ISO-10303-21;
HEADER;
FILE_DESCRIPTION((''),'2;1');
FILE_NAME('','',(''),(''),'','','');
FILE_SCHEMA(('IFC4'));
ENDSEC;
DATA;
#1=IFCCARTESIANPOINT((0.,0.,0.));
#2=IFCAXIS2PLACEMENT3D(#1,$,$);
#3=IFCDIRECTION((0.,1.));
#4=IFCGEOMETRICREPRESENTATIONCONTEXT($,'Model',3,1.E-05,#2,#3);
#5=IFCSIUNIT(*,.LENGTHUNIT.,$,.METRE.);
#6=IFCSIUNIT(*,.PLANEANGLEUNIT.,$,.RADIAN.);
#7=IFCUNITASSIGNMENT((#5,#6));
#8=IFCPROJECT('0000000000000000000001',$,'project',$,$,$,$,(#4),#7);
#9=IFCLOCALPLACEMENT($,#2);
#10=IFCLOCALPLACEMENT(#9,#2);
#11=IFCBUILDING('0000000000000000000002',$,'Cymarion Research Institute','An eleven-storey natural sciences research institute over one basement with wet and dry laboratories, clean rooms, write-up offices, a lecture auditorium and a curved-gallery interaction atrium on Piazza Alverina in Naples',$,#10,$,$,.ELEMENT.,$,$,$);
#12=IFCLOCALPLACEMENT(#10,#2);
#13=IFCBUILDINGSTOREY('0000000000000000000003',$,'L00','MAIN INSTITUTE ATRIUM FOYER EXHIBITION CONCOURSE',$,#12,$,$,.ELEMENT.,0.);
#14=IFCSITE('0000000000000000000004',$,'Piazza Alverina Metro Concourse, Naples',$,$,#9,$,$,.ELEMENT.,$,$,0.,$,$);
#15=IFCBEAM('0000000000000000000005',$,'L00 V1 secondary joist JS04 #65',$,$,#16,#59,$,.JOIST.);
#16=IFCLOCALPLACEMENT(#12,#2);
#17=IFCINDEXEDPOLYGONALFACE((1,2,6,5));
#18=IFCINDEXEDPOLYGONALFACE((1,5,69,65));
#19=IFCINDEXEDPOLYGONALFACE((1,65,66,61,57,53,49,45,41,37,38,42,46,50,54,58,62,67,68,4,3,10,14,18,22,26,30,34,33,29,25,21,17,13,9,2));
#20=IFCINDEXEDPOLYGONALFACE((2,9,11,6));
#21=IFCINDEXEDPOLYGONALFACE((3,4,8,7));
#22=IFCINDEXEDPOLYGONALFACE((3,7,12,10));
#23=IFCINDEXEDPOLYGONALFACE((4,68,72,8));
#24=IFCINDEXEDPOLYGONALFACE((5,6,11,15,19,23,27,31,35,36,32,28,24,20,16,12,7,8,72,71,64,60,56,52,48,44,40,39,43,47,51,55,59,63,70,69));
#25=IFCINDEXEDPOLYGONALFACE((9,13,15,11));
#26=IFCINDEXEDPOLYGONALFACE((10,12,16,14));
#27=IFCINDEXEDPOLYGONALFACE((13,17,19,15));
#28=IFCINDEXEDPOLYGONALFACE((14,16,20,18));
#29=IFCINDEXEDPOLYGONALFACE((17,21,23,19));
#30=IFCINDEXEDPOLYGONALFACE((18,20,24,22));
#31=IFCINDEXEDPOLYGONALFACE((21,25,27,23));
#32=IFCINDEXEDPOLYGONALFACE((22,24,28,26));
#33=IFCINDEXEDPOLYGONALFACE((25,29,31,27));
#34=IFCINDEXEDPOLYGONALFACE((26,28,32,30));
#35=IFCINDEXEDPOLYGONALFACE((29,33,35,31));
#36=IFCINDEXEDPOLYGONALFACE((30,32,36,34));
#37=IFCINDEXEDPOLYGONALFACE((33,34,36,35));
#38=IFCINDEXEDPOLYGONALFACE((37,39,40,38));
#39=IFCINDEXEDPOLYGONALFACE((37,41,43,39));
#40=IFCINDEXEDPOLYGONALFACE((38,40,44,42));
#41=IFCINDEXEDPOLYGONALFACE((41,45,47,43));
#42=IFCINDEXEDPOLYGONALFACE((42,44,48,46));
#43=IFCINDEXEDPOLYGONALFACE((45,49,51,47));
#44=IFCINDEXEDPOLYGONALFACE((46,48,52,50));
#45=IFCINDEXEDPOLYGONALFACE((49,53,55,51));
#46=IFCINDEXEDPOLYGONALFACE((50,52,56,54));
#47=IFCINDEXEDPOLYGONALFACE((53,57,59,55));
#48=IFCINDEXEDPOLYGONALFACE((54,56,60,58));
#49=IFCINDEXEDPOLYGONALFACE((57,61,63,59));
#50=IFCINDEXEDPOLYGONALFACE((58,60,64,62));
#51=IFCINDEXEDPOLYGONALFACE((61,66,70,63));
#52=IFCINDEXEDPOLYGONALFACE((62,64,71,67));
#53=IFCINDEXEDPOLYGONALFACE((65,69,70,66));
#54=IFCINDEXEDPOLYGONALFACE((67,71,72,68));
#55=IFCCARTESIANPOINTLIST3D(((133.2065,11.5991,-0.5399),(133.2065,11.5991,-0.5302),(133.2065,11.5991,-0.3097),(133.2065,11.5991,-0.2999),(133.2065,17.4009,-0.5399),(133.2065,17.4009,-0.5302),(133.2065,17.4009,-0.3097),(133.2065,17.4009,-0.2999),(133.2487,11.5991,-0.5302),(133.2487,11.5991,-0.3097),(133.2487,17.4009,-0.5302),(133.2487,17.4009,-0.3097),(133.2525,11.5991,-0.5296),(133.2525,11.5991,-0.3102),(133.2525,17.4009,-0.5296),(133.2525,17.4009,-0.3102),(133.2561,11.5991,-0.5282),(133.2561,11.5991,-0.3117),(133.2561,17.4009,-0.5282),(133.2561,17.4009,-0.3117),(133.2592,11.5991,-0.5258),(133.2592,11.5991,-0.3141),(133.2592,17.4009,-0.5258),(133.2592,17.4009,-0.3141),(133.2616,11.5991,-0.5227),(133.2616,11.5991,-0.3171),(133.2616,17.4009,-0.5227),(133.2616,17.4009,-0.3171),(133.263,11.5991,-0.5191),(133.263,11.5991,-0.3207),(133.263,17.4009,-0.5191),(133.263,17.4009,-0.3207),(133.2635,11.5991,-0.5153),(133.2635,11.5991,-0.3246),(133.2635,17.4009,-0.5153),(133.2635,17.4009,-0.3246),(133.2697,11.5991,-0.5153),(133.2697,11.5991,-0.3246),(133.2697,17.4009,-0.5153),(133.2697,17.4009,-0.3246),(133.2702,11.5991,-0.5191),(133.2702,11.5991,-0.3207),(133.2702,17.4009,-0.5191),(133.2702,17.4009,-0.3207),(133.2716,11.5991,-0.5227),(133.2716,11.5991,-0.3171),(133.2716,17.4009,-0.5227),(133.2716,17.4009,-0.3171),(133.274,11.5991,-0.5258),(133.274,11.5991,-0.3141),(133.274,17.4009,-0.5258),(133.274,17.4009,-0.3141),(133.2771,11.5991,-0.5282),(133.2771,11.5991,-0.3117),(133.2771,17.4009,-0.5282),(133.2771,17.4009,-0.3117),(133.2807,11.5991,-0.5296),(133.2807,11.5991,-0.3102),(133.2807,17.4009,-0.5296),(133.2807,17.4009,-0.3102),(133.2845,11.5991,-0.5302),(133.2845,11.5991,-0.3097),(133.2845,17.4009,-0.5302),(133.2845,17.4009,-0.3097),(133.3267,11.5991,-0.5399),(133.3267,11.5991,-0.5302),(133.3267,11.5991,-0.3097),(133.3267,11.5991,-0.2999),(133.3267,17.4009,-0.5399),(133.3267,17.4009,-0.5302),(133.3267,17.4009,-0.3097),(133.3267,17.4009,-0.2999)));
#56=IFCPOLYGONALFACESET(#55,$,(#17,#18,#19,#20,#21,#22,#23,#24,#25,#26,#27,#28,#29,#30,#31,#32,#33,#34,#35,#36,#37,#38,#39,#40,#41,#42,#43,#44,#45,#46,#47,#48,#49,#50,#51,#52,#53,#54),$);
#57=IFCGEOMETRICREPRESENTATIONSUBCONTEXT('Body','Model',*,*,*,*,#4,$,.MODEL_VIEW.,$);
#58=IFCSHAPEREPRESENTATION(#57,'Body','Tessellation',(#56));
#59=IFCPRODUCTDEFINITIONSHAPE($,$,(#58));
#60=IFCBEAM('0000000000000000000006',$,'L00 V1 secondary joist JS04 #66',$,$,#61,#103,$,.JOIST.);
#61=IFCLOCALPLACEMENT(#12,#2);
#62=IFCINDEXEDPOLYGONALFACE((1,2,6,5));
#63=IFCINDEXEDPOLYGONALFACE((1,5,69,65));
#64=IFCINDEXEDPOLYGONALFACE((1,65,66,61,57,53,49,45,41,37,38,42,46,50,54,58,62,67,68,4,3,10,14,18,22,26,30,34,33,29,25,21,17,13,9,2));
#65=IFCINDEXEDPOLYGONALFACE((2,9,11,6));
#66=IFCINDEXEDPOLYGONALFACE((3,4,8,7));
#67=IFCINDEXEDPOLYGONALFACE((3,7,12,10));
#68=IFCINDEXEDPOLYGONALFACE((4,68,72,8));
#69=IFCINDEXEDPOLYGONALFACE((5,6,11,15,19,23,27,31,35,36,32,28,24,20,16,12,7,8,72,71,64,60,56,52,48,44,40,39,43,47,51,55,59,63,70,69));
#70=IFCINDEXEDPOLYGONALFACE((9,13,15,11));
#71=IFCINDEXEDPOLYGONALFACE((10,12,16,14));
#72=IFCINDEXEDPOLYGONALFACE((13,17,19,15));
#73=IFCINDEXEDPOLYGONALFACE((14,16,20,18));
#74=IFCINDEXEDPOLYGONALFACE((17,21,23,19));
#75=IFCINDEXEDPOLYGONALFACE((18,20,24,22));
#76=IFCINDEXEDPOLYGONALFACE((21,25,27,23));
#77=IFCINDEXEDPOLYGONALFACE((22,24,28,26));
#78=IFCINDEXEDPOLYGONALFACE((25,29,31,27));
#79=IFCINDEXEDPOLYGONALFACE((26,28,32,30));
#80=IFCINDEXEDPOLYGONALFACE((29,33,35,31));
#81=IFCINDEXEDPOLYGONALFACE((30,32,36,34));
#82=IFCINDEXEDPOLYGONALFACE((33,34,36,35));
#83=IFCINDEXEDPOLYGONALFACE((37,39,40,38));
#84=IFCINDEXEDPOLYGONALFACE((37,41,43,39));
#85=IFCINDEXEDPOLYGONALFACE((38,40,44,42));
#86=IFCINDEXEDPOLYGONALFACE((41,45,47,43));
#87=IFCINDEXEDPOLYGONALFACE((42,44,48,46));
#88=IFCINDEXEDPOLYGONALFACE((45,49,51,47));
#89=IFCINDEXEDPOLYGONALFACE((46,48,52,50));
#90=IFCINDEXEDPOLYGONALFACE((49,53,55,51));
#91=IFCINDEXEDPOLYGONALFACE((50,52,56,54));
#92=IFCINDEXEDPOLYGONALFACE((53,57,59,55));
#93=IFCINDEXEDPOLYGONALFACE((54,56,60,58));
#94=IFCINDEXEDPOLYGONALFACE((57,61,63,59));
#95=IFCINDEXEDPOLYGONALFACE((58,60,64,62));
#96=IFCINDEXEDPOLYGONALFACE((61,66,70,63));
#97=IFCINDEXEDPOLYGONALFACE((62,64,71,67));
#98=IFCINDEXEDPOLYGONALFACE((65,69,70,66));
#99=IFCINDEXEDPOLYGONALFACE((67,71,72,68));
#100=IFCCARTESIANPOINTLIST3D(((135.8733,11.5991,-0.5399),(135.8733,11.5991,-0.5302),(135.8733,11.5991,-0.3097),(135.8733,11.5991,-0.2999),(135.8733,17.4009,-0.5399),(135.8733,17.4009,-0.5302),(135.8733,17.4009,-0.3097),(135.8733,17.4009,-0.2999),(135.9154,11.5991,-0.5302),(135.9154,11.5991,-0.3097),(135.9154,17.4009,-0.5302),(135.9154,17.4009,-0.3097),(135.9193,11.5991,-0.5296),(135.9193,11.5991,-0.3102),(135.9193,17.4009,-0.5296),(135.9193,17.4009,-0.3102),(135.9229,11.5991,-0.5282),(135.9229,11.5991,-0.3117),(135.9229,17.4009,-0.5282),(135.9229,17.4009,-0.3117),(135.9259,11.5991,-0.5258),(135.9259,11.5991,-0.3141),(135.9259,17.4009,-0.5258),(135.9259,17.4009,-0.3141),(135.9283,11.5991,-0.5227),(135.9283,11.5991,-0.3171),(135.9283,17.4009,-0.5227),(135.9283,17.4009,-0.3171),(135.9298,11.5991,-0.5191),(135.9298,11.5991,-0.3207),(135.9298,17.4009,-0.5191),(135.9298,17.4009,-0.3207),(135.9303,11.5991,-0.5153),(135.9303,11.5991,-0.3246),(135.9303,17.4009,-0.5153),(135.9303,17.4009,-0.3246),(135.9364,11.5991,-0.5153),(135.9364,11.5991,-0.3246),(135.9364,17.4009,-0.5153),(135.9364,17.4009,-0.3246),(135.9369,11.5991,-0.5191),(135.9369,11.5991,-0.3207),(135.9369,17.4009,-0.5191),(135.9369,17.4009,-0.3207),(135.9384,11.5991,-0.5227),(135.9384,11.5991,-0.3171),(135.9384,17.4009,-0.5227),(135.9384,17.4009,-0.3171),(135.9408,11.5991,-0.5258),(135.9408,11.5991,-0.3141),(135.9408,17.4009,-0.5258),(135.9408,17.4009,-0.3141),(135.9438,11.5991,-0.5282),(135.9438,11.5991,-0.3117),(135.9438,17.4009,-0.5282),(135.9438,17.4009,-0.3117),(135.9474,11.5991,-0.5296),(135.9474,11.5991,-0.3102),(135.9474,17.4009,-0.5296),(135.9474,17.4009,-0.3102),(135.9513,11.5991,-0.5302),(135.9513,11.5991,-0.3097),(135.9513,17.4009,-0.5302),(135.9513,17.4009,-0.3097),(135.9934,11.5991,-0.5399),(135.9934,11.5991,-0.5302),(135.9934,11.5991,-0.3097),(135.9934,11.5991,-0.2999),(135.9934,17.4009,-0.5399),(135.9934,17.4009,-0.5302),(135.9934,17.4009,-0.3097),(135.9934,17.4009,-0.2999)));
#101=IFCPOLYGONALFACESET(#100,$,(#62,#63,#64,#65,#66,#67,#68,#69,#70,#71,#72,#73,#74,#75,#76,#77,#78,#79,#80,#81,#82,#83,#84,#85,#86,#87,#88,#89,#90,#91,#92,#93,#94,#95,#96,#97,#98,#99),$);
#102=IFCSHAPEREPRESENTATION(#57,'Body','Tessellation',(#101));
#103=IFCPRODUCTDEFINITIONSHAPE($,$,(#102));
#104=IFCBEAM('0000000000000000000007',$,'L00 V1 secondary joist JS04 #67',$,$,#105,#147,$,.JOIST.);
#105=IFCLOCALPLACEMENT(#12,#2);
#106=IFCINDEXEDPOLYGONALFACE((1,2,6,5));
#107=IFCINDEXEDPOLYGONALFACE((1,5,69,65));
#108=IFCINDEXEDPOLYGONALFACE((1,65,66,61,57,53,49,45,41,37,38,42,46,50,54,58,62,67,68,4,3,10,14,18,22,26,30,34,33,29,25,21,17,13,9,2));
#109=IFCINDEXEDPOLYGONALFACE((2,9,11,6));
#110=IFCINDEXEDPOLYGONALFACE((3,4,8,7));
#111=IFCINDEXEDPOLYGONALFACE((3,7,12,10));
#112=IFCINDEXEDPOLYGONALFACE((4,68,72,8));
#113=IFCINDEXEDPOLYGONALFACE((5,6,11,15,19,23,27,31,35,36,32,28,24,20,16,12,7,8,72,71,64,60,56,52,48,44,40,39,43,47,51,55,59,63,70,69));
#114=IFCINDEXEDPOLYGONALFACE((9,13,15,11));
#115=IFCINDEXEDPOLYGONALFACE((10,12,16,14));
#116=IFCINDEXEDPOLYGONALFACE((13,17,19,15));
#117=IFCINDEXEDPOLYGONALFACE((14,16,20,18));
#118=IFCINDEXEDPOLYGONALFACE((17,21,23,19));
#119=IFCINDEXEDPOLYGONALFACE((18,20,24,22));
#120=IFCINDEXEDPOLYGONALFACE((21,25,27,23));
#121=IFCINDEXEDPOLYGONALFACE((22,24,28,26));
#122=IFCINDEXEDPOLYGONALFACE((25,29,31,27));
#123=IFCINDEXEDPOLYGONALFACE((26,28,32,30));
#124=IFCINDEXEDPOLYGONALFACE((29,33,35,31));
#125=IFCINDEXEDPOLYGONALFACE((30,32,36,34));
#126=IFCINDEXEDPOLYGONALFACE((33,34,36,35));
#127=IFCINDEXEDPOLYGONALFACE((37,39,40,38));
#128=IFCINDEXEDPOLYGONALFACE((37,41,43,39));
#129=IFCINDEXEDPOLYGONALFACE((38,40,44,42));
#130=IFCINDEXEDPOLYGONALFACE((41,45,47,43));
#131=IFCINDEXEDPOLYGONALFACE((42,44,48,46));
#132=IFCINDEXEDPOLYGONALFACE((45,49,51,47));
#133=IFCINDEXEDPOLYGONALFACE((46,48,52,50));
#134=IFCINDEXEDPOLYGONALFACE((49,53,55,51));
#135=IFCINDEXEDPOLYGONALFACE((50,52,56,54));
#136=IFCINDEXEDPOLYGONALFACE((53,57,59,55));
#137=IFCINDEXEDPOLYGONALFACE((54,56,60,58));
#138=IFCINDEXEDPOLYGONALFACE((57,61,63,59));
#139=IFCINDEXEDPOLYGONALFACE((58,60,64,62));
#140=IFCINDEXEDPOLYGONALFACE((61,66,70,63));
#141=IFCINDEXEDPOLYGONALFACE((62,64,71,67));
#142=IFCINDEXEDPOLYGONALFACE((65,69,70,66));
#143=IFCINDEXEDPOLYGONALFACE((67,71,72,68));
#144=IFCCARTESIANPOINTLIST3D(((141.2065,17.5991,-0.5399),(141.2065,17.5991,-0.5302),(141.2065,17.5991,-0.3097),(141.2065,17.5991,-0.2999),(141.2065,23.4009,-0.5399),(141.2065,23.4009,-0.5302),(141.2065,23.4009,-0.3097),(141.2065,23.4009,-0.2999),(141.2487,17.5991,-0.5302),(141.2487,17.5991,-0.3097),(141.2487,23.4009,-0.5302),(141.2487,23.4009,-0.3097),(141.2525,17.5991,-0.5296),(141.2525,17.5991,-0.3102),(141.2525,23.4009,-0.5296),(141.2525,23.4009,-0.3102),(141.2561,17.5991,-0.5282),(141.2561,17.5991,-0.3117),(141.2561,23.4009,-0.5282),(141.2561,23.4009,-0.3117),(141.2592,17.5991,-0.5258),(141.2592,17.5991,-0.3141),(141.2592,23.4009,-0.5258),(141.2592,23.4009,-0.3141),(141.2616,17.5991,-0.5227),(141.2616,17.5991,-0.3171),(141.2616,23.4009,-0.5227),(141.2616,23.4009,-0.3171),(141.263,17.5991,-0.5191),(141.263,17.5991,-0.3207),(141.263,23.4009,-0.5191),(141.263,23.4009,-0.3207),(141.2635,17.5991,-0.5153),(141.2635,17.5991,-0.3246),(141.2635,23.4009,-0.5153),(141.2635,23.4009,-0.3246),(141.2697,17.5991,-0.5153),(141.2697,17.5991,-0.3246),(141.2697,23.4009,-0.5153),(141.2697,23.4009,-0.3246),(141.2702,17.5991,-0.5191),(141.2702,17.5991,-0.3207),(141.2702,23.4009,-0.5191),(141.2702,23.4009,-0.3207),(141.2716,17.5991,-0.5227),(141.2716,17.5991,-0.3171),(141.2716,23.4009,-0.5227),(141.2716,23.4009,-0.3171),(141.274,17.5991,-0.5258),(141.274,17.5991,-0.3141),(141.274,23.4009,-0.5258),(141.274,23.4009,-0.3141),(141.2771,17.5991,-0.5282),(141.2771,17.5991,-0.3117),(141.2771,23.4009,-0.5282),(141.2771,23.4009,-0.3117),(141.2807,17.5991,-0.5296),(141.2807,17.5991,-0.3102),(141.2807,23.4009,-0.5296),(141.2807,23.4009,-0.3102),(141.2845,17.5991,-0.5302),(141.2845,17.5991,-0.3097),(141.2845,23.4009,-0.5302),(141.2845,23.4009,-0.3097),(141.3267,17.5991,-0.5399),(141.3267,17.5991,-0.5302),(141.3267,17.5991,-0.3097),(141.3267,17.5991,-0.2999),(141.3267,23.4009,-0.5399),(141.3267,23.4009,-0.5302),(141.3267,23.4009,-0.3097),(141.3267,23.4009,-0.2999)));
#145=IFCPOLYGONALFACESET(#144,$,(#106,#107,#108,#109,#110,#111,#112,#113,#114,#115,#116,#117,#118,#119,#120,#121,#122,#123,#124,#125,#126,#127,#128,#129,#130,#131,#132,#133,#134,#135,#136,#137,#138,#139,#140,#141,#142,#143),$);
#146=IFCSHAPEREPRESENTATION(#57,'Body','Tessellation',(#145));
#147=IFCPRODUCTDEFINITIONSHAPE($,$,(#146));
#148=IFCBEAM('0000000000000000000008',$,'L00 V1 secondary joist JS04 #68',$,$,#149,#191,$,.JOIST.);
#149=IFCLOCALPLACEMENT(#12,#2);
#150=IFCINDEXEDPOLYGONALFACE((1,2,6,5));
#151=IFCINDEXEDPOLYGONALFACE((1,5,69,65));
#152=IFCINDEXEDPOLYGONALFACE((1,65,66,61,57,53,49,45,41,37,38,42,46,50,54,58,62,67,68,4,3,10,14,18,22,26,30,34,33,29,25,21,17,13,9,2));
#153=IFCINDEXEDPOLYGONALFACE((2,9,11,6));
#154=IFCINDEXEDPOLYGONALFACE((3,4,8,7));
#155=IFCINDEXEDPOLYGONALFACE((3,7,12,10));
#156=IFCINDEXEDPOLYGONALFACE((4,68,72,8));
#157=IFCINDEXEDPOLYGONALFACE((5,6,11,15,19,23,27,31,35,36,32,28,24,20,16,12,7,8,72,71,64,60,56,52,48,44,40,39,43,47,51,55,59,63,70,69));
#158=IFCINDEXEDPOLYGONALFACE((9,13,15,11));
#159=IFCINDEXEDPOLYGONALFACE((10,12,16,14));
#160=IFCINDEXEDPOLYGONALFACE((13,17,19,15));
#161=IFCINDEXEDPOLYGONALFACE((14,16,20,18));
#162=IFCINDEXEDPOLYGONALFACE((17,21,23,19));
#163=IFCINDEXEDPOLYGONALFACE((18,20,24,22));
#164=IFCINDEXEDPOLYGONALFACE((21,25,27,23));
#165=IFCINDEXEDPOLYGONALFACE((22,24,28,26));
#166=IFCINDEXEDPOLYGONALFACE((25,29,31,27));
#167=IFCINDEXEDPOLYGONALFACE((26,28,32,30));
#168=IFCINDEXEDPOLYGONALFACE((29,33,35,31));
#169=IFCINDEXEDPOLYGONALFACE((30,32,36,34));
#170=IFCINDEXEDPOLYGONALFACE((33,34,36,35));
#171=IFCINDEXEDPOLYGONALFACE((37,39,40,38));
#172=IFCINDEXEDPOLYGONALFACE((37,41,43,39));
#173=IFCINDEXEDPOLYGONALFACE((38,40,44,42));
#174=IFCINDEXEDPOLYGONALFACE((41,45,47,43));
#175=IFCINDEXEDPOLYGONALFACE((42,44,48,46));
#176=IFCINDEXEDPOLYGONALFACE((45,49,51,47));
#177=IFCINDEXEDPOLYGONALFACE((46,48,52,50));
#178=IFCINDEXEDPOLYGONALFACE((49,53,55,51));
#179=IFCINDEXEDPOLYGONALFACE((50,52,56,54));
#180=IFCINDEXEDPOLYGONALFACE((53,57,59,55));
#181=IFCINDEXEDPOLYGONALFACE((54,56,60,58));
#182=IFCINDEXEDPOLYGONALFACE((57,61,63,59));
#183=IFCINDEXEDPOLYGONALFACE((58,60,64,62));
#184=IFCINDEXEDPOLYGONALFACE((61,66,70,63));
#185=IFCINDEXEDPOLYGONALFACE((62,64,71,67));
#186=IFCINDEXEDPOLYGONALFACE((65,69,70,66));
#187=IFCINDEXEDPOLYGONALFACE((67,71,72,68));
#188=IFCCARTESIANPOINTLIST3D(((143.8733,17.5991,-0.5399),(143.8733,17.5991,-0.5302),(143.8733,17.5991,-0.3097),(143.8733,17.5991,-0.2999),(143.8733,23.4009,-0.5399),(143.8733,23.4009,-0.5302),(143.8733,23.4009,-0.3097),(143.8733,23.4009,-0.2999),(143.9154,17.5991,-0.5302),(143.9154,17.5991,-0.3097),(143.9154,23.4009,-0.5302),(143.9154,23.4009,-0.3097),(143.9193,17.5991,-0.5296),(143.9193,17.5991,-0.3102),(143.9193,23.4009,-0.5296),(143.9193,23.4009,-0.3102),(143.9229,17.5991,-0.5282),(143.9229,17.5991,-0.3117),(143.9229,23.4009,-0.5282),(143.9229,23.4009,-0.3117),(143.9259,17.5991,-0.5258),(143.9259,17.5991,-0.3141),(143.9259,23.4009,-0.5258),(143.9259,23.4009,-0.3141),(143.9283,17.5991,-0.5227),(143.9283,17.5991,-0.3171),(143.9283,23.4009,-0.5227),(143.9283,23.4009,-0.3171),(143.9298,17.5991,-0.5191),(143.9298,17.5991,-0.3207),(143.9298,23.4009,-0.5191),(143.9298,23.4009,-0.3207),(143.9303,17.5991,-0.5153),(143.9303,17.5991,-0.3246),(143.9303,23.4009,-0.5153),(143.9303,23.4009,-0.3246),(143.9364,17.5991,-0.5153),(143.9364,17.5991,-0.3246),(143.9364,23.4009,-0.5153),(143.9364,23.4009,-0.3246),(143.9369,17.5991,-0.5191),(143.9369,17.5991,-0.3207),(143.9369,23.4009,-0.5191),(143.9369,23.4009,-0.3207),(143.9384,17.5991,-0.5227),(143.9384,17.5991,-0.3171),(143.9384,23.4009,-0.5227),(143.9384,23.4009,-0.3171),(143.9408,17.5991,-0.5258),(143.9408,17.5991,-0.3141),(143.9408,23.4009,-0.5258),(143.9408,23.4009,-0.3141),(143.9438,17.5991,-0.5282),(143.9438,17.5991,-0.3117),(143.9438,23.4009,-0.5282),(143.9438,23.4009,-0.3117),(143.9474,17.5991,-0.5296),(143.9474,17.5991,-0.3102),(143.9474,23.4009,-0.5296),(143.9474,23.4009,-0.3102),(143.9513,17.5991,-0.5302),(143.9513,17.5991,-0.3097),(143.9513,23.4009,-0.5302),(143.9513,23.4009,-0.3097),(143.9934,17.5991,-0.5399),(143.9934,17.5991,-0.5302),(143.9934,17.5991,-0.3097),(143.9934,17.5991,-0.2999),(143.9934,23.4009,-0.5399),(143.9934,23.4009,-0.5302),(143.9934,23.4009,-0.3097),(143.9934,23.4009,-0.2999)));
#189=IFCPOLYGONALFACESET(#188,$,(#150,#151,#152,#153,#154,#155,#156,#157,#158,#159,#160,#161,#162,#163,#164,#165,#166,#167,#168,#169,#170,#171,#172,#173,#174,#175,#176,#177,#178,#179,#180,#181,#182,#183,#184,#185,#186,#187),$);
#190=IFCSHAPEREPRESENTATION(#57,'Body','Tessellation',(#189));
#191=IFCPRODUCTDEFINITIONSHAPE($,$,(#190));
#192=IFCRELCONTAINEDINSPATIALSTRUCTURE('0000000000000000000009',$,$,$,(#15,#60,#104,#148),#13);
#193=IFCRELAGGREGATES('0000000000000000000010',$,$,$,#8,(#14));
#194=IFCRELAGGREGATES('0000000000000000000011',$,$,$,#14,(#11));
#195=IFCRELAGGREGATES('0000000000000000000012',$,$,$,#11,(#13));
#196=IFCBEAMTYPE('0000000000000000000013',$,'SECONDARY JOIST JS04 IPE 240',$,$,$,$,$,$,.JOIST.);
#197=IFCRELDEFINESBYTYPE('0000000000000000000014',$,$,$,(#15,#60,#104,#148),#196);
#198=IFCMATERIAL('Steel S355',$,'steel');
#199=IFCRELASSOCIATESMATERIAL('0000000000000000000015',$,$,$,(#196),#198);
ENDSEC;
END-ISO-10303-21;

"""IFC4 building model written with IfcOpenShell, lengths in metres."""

from ifc_helpers import new_model, si_unit, direction, frame, origin, origin_2d, place, context, subcontext, project, spatial, i_section, extrude, material, material_profile, profile_set, type_object, element, save


model = new_model("IFC4")

# Units and contexts
model_context = context("Model", 3, precision=1e-05, world=origin(), true_north=direction((0.0, 1.0)))
body_context = subcontext(model_context, "Body", "Model", "MODEL_VIEW")
ifc_project = project(units=[si_unit("LENGTHUNIT", "METRE"), si_unit("PLANEANGLEUNIT", "RADIAN")], contexts=[model_context])

# Site, building, storey
site_placement = place(None, origin())
site = spatial("IfcSite", under=ifc_project, at=site_placement, Name="Piazza Alverina Metro Concourse, Naples", CompositionType="ELEMENT", RefElevation=0.0)
building_placement = place(site_placement, origin())
building = spatial("IfcBuilding", under=site, at=building_placement, Name="Cymarion Research Institute", Description="An eleven-storey natural sciences research institute over one basement with wet and dry laboratories, clean rooms, write-up offices, a lecture auditorium and a curved-gallery interaction atrium on Piazza Alverina in Naples", CompositionType="ELEMENT")
storey_placement = place(building_placement, origin())
storey = spatial("IfcBuildingStorey", under=building, at=storey_placement, Name="L00", Description="MAIN INSTITUTE ATRIUM FOYER EXHIBITION CONCOURSE", CompositionType="ELEMENT", Elevation=0.0)

# Shared definitions
ifc_material_1 = material(Name="Steel S355", Category="steel")

# Beams
ifc_material_profile_1 = material_profile(ifc_material_1, i_section(OverallWidth=0.1201, OverallDepth=0.24, WebThickness=0.0061, FlangeThickness=0.0098, FilletRadius=0.0149, at=origin_2d()), Name="IPE 240")
ifc_profile_set_1 = profile_set([ifc_material_profile_1], Name="Steel S355")
beam_type_1 = type_object("IfcBeamType", Name="SECONDARY JOIST JS04 IPE 240", PredefinedType="JOIST", material=ifc_profile_set_1)
for number, where, z_axis, x_axis, name in (
    (1, (133.2666, 11.5991, -0.4199), (0.0, 1.0, 0.0), (-1.0, 0.0, 0.0), "L00 V1 secondary joist JS04 #65"),
    (2, (135.9333, 11.5991, -0.4199), (0.0, 1.0, 0.0), (-1.0, 0.0, 0.0), "L00 V1 secondary joist JS04 #66"),
    (3, (141.2666, 17.5991, -0.4199), (0.0, 1.0, 0.0), (-1.0, 0.0, 0.0), "L00 V1 secondary joist JS04 #67"),
    (4, (143.9333, 17.5991, -0.4199), (0.0, 1.0, 0.0), (-1.0, 0.0, 0.0), "L00 V1 secondary joist JS04 #68"),
):
    element("IfcBeam", number, at=place(storey_placement, frame(where, z_axis=z_axis, x_axis=x_axis)), inside=storey, type_object=beam_type_1, Name=name, PredefinedType="JOIST", context=body_context, shape_type="SweptSolid", body=[
        extrude(i_section(OverallWidth=0.1201, OverallDepth=0.24, WebThickness=0.0061, FlangeThickness=0.0098, FilletRadius=0.0149, at=origin_2d()), origin(), (0.0, 0.0, 1.0), 5.8018),
    ])

save(model, "model.ifc")
